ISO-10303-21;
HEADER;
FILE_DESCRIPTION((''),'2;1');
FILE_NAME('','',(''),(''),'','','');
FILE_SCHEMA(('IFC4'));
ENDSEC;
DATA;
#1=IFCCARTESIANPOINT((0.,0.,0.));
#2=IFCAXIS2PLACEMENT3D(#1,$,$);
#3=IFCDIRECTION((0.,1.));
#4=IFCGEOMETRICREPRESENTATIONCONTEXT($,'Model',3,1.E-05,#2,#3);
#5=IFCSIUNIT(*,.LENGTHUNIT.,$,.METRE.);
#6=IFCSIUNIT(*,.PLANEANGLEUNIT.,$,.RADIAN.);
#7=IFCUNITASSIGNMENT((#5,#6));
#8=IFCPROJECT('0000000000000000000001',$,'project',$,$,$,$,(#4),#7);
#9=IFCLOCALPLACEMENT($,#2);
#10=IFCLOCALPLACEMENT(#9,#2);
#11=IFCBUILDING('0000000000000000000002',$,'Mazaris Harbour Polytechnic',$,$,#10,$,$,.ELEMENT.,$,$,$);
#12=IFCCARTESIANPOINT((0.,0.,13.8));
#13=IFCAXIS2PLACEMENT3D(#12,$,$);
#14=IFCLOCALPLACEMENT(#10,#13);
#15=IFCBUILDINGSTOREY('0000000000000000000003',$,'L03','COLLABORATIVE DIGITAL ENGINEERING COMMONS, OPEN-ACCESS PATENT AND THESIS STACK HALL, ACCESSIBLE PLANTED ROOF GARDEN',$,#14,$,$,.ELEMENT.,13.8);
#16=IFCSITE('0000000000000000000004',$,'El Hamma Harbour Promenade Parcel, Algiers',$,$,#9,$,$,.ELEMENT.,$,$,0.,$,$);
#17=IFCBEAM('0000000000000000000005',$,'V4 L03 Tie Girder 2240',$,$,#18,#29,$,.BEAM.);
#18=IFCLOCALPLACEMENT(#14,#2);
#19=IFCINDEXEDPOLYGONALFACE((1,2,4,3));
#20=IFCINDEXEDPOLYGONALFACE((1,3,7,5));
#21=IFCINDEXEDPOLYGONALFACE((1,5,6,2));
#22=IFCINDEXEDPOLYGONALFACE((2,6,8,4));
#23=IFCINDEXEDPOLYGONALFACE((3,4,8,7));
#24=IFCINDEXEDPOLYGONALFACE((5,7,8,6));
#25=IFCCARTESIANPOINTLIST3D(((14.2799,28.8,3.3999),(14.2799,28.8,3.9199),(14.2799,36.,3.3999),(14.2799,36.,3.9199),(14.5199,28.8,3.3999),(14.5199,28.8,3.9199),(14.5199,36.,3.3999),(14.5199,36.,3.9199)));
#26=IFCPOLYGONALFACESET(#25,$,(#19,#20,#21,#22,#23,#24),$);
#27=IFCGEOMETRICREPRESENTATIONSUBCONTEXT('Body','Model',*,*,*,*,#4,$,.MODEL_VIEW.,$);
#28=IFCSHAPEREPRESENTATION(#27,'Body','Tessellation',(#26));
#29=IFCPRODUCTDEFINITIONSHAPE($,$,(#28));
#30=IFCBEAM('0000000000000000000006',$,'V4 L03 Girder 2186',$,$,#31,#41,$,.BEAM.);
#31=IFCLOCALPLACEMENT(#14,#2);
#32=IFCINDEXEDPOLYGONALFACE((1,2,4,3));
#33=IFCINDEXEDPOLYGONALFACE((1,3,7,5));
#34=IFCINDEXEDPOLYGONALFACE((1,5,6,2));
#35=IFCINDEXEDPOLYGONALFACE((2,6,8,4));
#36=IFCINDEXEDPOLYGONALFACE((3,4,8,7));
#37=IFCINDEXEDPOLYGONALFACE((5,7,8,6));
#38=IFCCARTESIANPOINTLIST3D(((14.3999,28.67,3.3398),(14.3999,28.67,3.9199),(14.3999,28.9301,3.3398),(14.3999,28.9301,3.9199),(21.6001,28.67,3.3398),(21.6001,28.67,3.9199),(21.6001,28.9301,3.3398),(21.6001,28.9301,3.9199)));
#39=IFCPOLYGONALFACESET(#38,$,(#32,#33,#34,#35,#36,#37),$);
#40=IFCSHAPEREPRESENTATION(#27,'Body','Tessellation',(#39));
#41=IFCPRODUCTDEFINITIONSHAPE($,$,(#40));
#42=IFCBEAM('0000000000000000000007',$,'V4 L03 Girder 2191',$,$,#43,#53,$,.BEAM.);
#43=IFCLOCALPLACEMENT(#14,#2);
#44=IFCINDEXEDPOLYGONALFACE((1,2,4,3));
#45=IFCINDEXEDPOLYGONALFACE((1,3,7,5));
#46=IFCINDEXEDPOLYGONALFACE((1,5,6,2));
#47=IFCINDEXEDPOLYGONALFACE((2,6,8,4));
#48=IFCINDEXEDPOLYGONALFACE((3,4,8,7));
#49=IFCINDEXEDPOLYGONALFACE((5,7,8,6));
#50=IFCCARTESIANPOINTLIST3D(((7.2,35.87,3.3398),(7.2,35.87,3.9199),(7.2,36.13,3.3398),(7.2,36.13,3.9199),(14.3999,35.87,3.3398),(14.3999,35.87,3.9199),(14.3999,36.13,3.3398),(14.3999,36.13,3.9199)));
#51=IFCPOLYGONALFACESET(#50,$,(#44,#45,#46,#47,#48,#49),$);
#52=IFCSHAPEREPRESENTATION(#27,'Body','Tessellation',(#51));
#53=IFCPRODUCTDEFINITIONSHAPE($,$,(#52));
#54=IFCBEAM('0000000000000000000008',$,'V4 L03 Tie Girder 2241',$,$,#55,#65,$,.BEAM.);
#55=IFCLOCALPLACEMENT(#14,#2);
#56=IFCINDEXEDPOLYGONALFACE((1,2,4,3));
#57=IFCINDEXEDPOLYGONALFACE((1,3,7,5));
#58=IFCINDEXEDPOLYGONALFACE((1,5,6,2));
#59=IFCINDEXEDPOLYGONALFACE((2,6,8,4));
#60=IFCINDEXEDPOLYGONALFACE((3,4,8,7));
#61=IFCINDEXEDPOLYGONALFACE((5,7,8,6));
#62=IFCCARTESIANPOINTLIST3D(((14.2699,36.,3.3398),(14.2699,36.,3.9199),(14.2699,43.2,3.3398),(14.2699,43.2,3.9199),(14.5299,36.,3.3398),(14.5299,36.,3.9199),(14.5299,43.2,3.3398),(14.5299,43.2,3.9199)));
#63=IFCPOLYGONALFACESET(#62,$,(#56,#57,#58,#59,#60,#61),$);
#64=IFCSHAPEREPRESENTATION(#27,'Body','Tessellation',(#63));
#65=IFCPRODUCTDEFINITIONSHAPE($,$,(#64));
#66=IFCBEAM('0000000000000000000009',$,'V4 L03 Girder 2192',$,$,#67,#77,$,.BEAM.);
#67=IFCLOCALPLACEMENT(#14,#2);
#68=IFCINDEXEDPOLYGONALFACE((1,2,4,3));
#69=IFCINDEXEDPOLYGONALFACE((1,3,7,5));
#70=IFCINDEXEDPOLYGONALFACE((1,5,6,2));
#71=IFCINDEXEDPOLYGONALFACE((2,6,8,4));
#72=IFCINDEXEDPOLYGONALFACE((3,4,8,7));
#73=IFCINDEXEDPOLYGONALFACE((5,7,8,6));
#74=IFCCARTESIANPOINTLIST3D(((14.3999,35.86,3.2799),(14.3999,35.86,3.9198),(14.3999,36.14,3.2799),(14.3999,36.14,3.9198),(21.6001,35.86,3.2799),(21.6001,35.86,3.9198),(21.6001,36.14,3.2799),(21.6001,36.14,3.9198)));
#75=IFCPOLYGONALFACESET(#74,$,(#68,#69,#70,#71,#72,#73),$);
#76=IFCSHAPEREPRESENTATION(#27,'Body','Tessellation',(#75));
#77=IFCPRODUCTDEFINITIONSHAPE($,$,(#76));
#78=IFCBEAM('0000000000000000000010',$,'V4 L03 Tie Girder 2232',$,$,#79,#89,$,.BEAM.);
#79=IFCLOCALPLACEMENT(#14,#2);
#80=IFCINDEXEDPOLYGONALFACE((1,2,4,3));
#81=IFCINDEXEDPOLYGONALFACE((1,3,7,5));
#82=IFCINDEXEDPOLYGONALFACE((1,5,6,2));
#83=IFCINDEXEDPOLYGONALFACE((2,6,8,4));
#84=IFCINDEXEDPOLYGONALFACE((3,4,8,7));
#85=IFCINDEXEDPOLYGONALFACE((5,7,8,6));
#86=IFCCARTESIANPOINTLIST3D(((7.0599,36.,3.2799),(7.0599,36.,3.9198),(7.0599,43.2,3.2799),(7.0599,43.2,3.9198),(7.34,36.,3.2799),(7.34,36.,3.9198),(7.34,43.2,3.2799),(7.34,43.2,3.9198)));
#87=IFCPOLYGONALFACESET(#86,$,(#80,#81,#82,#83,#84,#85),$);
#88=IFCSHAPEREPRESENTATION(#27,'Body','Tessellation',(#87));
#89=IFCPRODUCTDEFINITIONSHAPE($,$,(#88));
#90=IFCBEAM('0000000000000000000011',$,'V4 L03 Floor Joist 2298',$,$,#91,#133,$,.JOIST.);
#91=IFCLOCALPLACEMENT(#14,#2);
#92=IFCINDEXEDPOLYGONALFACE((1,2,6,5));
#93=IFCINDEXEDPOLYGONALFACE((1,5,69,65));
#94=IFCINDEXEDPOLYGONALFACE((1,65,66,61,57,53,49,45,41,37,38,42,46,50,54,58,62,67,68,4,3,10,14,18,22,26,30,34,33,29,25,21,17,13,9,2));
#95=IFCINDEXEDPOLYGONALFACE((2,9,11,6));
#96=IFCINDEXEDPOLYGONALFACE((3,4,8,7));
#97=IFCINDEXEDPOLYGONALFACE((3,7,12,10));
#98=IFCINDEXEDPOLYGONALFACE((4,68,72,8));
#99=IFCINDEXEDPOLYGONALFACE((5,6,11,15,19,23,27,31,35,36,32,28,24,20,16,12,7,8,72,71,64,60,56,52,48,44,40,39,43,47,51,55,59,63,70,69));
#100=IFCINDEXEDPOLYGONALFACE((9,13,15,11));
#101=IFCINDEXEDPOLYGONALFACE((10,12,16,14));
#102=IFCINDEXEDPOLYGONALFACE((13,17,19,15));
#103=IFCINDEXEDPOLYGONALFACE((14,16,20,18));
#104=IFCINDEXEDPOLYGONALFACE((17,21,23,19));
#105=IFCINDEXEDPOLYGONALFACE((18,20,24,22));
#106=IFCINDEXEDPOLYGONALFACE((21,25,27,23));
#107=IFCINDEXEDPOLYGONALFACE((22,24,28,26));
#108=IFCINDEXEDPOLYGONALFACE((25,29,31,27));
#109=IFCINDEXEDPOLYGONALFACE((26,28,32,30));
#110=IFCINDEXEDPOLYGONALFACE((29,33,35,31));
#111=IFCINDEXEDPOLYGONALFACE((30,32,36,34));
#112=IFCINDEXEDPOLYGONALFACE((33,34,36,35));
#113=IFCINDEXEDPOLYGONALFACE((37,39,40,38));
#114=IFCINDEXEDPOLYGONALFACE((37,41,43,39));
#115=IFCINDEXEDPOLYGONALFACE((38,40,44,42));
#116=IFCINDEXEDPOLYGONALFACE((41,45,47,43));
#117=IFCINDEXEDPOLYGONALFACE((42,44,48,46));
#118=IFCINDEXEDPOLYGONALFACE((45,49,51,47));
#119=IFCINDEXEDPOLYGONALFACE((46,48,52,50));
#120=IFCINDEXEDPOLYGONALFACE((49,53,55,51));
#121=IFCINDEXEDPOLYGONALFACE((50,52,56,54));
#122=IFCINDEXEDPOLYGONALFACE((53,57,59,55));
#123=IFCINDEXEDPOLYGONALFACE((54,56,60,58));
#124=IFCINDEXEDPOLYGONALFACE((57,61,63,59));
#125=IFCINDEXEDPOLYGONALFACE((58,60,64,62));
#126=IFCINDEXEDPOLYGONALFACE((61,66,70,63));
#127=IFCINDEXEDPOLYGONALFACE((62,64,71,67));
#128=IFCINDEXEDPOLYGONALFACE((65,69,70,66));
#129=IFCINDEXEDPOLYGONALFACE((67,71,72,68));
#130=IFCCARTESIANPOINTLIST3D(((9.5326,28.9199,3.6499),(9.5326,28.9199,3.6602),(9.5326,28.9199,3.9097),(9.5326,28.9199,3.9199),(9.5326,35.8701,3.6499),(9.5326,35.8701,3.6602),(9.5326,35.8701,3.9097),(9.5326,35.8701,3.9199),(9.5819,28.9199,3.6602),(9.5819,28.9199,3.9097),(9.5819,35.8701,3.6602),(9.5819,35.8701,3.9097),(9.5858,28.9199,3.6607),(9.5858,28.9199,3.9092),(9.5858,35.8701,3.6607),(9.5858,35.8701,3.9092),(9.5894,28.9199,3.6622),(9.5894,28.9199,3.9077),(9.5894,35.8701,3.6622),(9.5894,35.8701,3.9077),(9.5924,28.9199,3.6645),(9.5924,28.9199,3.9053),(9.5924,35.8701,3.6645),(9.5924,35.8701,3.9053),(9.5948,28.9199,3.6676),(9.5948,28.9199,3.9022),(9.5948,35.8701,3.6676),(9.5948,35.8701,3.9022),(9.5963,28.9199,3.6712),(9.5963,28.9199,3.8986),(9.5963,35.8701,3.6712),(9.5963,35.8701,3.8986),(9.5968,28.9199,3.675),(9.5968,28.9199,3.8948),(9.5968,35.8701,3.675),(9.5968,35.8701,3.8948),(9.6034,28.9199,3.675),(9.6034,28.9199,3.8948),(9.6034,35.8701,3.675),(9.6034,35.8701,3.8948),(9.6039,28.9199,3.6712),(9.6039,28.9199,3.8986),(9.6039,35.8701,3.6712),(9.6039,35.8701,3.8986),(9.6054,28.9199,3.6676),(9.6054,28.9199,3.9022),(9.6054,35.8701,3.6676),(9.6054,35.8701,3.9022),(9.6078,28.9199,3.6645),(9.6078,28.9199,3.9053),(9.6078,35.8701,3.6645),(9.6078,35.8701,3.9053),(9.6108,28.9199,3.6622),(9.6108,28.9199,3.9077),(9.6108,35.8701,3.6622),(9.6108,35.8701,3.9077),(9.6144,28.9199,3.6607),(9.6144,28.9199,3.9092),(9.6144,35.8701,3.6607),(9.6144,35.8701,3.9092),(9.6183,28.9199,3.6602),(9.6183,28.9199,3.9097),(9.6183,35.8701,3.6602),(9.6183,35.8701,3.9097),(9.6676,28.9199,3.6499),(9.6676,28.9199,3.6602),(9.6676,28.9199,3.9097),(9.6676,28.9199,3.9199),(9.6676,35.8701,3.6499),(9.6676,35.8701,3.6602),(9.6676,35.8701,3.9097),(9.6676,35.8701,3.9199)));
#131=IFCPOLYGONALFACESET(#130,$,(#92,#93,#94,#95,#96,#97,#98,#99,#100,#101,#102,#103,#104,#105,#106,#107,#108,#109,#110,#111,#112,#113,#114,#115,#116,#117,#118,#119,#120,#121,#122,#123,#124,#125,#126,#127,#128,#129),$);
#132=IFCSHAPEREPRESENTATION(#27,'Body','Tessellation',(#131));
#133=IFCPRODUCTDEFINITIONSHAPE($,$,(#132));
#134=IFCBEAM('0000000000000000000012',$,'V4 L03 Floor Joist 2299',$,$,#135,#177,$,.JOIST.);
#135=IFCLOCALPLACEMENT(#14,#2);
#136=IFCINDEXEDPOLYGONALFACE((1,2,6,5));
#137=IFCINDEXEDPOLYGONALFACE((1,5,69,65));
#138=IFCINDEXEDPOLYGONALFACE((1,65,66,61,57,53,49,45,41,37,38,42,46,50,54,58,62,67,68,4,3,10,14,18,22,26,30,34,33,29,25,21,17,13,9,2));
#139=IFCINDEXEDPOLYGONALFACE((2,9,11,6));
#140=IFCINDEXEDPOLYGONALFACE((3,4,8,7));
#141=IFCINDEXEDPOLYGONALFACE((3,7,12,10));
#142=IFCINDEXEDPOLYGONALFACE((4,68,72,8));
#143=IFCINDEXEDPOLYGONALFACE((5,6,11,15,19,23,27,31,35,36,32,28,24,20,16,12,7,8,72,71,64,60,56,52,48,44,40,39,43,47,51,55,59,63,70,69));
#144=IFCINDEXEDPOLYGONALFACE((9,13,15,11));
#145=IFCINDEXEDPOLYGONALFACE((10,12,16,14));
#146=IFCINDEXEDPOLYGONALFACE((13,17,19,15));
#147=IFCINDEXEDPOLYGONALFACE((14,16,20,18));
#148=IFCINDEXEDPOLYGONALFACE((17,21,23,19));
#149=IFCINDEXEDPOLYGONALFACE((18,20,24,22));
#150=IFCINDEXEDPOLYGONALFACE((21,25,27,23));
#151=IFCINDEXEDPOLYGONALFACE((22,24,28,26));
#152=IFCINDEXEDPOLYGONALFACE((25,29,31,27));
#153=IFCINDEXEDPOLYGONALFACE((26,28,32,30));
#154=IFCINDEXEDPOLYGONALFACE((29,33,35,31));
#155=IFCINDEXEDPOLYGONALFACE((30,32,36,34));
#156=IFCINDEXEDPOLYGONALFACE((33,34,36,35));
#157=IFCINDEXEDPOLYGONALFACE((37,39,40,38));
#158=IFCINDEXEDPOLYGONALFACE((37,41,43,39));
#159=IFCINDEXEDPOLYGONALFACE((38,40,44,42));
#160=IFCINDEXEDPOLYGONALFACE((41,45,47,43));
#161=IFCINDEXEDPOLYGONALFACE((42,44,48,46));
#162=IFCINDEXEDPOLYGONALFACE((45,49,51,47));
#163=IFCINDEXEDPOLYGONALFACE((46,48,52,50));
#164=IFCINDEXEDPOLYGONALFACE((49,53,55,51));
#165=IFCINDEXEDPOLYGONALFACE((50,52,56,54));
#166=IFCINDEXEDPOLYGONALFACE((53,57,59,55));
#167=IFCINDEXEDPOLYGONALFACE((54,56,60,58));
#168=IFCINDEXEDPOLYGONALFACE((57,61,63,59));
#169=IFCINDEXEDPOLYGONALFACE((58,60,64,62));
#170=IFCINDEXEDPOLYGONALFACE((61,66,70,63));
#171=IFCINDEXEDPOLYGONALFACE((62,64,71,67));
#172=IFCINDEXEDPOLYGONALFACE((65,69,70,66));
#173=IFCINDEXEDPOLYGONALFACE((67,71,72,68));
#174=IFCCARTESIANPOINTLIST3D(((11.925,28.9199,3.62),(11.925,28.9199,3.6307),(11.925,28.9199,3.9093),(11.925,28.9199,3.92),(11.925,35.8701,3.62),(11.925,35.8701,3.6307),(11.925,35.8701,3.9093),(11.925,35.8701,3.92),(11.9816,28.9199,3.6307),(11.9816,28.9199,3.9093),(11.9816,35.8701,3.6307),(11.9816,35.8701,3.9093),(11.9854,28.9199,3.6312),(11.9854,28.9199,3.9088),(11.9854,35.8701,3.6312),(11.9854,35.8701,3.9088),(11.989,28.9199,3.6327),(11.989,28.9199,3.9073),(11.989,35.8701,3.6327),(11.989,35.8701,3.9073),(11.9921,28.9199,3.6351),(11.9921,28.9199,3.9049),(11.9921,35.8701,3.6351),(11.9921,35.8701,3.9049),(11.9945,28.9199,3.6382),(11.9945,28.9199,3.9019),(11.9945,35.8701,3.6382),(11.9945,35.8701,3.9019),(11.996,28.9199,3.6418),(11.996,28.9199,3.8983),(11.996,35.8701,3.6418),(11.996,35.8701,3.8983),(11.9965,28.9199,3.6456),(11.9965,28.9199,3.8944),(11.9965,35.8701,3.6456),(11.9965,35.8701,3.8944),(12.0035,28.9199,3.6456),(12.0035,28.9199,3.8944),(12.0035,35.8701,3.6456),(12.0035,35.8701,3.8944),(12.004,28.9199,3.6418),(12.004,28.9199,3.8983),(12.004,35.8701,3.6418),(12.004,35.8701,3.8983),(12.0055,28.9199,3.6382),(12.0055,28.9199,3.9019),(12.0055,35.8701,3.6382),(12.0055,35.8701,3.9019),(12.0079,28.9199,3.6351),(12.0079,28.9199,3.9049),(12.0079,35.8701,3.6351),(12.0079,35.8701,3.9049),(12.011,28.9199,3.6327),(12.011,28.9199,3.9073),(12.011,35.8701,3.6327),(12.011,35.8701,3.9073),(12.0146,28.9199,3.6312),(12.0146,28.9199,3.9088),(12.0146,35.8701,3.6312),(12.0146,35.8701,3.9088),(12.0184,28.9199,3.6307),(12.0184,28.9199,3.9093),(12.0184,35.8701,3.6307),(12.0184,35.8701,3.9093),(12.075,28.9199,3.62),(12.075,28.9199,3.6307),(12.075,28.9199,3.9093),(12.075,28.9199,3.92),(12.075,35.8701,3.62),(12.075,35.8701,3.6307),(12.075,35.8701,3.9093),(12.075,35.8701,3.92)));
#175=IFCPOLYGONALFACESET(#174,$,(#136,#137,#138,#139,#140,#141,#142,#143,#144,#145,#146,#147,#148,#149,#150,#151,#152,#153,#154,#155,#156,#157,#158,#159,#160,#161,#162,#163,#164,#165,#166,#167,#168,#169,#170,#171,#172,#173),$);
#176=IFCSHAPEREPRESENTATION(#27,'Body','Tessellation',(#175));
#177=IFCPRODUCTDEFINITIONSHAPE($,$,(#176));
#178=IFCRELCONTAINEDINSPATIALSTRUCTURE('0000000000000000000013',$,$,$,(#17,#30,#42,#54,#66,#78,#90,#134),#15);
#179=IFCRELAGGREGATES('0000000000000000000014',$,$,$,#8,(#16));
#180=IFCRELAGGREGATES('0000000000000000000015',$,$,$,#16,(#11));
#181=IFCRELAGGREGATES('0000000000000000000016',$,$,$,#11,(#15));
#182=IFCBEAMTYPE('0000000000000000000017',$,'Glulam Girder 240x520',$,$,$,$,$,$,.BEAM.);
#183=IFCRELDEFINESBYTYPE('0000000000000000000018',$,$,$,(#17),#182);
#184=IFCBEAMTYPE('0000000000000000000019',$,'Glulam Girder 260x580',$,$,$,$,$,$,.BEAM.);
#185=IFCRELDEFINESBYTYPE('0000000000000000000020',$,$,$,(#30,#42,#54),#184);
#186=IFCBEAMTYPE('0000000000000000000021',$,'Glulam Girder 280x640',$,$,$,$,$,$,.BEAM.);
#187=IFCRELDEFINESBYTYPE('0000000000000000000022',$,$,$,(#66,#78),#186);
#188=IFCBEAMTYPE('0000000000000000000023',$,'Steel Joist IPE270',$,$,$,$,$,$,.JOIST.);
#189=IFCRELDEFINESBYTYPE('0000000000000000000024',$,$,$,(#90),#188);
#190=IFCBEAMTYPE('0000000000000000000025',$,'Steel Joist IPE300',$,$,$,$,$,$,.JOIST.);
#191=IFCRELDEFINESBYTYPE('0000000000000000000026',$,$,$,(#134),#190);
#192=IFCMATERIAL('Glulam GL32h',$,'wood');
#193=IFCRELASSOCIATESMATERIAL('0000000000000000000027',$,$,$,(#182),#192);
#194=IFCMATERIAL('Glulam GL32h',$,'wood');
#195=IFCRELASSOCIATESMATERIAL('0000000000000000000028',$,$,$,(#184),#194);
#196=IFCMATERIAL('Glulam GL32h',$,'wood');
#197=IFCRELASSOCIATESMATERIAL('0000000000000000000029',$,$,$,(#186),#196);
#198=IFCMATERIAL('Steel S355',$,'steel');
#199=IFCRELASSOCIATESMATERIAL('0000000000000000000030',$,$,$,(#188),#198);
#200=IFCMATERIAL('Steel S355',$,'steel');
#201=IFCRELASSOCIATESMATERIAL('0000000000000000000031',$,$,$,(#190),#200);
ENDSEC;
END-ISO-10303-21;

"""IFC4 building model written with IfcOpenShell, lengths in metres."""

from ifc_helpers import new_model, si_unit, direction, frame, origin, origin_2d, place, context, subcontext, project, spatial, rectangle, i_section, extrude, material, material_profile, profile_set, type_object, element, save


model = new_model("IFC4")

# Units and contexts
model_context = context("Model", 3, precision=1e-05, world=origin(), true_north=direction((0.0, 1.0)))
body_context = subcontext(model_context, "Body", "Model", "MODEL_VIEW")
ifc_project = project(units=[si_unit("LENGTHUNIT", "METRE"), si_unit("PLANEANGLEUNIT", "RADIAN")], contexts=[model_context])

# Site, building, storey
site_placement = place(None, origin())
site = spatial("IfcSite", under=ifc_project, at=site_placement, Name="El Hamma Harbour Promenade Parcel, Algiers", CompositionType="ELEMENT", RefElevation=0.0)
building_placement = place(site_placement, origin())
building = spatial("IfcBuilding", under=site, at=building_placement, Name="Mazaris Harbour Polytechnic", CompositionType="ELEMENT")
storey_placement = place(building_placement, frame((0.0, 0.0, 13.8)))
storey = spatial("IfcBuildingStorey", under=building, at=storey_placement, Name="L03", Description="COLLABORATIVE DIGITAL ENGINEERING COMMONS, OPEN-ACCESS PATENT AND THESIS STACK HALL, ACCESSIBLE PLANTED ROOF GARDEN", CompositionType="ELEMENT", Elevation=13.8)

# Beams
ifc_material_1 = material(Name="Glulam GL32h", Category="wood")
ifc_material_profile_1 = material_profile(ifc_material_1, rectangle(XDim=0.24, YDim=0.52, at=origin_2d()), Name="RECT240x520")
ifc_profile_set_1 = profile_set([ifc_material_profile_1], Name="Glulam GL32h")
beam_type_1 = type_object("IfcBeamType", Name="Glulam Girder 240x520", PredefinedType="BEAM", material=ifc_profile_set_1)
beam_1_placement = place(storey_placement, frame((14.3999, 28.8, 3.6599), z_axis=(0.0, 1.0, 0.0), x_axis=(-1.0, 0.0, 0.0)))
element("IfcBeam", 1, at=beam_1_placement, inside=storey, type_object=beam_type_1, Name="V4 L03 Tie Girder 2240", PredefinedType="BEAM", context=body_context, shape_type="SweptSolid", body=[
    extrude(rectangle(XDim=0.24, YDim=0.52, at=origin_2d()), origin(), (0.0, 0.0, 1.0), 7.2),
])
ifc_material_2 = material(Name="Glulam GL32h", Category="wood")
ifc_material_profile_2 = material_profile(ifc_material_2, rectangle(XDim=0.26, YDim=0.5801, at=origin_2d()), Name="RECT260x580")
ifc_profile_set_2 = profile_set([ifc_material_profile_2], Name="Glulam GL32h")
beam_type_2 = type_object("IfcBeamType", Name="Glulam Girder 260x580", PredefinedType="BEAM", material=ifc_profile_set_2)
beam_2_placement = place(storey_placement, frame((14.3999, 28.8, 3.6299), z_axis=(1.0, 0.0, 0.0), x_axis=(0.0, 1.0, 0.0)))
element("IfcBeam", 2, at=beam_2_placement, inside=storey, type_object=beam_type_2, Name="V4 L03 Girder 2186", PredefinedType="BEAM", context=body_context, shape_type="SweptSolid", body=[
    extrude(rectangle(XDim=0.26, YDim=0.5801, at=origin_2d()), origin(), (0.0, 0.0, 1.0), 7.2002),
])
for number, where, z_axis, x_axis, name in (
    (3, (7.2, 36.0, 3.6299), (1.0, 0.0, 0.0), (0.0, 1.0, 0.0), "V4 L03 Girder 2191"),
    (4, (14.3999, 36.0, 3.6299), (0.0, 1.0, 0.0), (-1.0, 0.0, 0.0), "V4 L03 Tie Girder 2241"),
):
    element("IfcBeam", number, at=place(storey_placement, frame(where, z_axis=z_axis, x_axis=x_axis)), inside=storey, type_object=beam_type_2, Name=name, PredefinedType="BEAM", context=body_context, shape_type="SweptSolid", body=[
        extrude(rectangle(XDim=0.26, YDim=0.5801, at=origin_2d()), origin(), (0.0, 0.0, 1.0), 7.2),
    ])
ifc_material_3 = material(Name="Glulam GL32h", Category="wood")
ifc_material_profile_3 = material_profile(ifc_material_3, rectangle(XDim=0.28, YDim=0.6399, at=origin_2d()), Name="RECT280x640")
ifc_profile_set_3 = profile_set([ifc_material_profile_3], Name="Glulam GL32h")
beam_type_3 = type_object("IfcBeamType", Name="Glulam Girder 280x640", PredefinedType="BEAM", material=ifc_profile_set_3)
beam_3_placement = place(storey_placement, frame((14.3999, 36.0, 3.5999), z_axis=(1.0, 0.0, 0.0), x_axis=(0.0, 1.0, 0.0)))
element("IfcBeam", 5, at=beam_3_placement, inside=storey, type_object=beam_type_3, Name="V4 L03 Girder 2192", PredefinedType="BEAM", context=body_context, shape_type="SweptSolid", body=[
    extrude(rectangle(XDim=0.28, YDim=0.6399, at=origin_2d()), origin(), (0.0, 0.0, 1.0), 7.2002),
])
beam_4_placement = place(storey_placement, frame((7.2, 36.0, 3.5999), z_axis=(0.0, 1.0, 0.0), x_axis=(-1.0, 0.0, 0.0)))
element("IfcBeam", 6, at=beam_4_placement, inside=storey, type_object=beam_type_3, Name="V4 L03 Tie Girder 2232", PredefinedType="BEAM", context=body_context, shape_type="SweptSolid", body=[
    extrude(rectangle(XDim=0.28, YDim=0.6399, at=origin_2d()), origin(), (0.0, 0.0, 1.0), 7.2),
])
ifc_material_4 = material(Name="Steel S355", Category="steel")
ifc_material_profile_4 = material_profile(ifc_material_4, i_section(OverallWidth=0.135, OverallDepth=0.27, WebThickness=0.0066, FlangeThickness=0.0103, FilletRadius=0.0149, at=origin_2d()), Name="IPE 270")
ifc_profile_set_4 = profile_set([ifc_material_profile_4], Name="Steel S355")
beam_type_4 = type_object("IfcBeamType", Name="Steel Joist IPE270", PredefinedType="JOIST", material=ifc_profile_set_4)
beam_5_placement = place(storey_placement, frame((9.6001, 28.9199, 3.7849), z_axis=(0.0, 1.0, 0.0), x_axis=(-1.0, 0.0, 0.0)))
element("IfcBeam", 7, at=beam_5_placement, inside=storey, type_object=beam_type_4, Name="V4 L03 Floor Joist 2298", PredefinedType="JOIST", context=body_context, shape_type="SweptSolid", body=[
    extrude(i_section(OverallWidth=0.135, OverallDepth=0.27, WebThickness=0.0066, FlangeThickness=0.0103, FilletRadius=0.0149, at=origin_2d()), origin(), (0.0, 0.0, 1.0), 6.9502),
])
ifc_material_5 = material(Name="Steel S355", Category="steel")
ifc_material_profile_5 = material_profile(ifc_material_5, i_section(OverallWidth=0.1499, OverallDepth=0.3, WebThickness=0.0071, FlangeThickness=0.0107, FilletRadius=0.0149, at=origin_2d()), Name="IPE 300")
ifc_profile_set_5 = profile_set([ifc_material_profile_5], Name="Steel S355")
beam_type_5 = type_object("IfcBeamType", Name="Steel Joist IPE300", PredefinedType="JOIST", material=ifc_profile_set_5)
beam_6_placement = place(storey_placement, frame((12.0, 28.9199, 3.77), z_axis=(0.0, 1.0, 0.0), x_axis=(-1.0, 0.0, 0.0)))
element("IfcBeam", 8, at=beam_6_placement, inside=storey, type_object=beam_type_5, Name="V4 L03 Floor Joist 2299", PredefinedType="JOIST", context=body_context, shape_type="SweptSolid", body=[
    extrude(i_section(OverallWidth=0.1499, OverallDepth=0.3, WebThickness=0.0071, FlangeThickness=0.0107, FilletRadius=0.0149, at=origin_2d()), origin(), (0.0, 0.0, 1.0), 6.9502),
])

save(model, "model.ifc")
